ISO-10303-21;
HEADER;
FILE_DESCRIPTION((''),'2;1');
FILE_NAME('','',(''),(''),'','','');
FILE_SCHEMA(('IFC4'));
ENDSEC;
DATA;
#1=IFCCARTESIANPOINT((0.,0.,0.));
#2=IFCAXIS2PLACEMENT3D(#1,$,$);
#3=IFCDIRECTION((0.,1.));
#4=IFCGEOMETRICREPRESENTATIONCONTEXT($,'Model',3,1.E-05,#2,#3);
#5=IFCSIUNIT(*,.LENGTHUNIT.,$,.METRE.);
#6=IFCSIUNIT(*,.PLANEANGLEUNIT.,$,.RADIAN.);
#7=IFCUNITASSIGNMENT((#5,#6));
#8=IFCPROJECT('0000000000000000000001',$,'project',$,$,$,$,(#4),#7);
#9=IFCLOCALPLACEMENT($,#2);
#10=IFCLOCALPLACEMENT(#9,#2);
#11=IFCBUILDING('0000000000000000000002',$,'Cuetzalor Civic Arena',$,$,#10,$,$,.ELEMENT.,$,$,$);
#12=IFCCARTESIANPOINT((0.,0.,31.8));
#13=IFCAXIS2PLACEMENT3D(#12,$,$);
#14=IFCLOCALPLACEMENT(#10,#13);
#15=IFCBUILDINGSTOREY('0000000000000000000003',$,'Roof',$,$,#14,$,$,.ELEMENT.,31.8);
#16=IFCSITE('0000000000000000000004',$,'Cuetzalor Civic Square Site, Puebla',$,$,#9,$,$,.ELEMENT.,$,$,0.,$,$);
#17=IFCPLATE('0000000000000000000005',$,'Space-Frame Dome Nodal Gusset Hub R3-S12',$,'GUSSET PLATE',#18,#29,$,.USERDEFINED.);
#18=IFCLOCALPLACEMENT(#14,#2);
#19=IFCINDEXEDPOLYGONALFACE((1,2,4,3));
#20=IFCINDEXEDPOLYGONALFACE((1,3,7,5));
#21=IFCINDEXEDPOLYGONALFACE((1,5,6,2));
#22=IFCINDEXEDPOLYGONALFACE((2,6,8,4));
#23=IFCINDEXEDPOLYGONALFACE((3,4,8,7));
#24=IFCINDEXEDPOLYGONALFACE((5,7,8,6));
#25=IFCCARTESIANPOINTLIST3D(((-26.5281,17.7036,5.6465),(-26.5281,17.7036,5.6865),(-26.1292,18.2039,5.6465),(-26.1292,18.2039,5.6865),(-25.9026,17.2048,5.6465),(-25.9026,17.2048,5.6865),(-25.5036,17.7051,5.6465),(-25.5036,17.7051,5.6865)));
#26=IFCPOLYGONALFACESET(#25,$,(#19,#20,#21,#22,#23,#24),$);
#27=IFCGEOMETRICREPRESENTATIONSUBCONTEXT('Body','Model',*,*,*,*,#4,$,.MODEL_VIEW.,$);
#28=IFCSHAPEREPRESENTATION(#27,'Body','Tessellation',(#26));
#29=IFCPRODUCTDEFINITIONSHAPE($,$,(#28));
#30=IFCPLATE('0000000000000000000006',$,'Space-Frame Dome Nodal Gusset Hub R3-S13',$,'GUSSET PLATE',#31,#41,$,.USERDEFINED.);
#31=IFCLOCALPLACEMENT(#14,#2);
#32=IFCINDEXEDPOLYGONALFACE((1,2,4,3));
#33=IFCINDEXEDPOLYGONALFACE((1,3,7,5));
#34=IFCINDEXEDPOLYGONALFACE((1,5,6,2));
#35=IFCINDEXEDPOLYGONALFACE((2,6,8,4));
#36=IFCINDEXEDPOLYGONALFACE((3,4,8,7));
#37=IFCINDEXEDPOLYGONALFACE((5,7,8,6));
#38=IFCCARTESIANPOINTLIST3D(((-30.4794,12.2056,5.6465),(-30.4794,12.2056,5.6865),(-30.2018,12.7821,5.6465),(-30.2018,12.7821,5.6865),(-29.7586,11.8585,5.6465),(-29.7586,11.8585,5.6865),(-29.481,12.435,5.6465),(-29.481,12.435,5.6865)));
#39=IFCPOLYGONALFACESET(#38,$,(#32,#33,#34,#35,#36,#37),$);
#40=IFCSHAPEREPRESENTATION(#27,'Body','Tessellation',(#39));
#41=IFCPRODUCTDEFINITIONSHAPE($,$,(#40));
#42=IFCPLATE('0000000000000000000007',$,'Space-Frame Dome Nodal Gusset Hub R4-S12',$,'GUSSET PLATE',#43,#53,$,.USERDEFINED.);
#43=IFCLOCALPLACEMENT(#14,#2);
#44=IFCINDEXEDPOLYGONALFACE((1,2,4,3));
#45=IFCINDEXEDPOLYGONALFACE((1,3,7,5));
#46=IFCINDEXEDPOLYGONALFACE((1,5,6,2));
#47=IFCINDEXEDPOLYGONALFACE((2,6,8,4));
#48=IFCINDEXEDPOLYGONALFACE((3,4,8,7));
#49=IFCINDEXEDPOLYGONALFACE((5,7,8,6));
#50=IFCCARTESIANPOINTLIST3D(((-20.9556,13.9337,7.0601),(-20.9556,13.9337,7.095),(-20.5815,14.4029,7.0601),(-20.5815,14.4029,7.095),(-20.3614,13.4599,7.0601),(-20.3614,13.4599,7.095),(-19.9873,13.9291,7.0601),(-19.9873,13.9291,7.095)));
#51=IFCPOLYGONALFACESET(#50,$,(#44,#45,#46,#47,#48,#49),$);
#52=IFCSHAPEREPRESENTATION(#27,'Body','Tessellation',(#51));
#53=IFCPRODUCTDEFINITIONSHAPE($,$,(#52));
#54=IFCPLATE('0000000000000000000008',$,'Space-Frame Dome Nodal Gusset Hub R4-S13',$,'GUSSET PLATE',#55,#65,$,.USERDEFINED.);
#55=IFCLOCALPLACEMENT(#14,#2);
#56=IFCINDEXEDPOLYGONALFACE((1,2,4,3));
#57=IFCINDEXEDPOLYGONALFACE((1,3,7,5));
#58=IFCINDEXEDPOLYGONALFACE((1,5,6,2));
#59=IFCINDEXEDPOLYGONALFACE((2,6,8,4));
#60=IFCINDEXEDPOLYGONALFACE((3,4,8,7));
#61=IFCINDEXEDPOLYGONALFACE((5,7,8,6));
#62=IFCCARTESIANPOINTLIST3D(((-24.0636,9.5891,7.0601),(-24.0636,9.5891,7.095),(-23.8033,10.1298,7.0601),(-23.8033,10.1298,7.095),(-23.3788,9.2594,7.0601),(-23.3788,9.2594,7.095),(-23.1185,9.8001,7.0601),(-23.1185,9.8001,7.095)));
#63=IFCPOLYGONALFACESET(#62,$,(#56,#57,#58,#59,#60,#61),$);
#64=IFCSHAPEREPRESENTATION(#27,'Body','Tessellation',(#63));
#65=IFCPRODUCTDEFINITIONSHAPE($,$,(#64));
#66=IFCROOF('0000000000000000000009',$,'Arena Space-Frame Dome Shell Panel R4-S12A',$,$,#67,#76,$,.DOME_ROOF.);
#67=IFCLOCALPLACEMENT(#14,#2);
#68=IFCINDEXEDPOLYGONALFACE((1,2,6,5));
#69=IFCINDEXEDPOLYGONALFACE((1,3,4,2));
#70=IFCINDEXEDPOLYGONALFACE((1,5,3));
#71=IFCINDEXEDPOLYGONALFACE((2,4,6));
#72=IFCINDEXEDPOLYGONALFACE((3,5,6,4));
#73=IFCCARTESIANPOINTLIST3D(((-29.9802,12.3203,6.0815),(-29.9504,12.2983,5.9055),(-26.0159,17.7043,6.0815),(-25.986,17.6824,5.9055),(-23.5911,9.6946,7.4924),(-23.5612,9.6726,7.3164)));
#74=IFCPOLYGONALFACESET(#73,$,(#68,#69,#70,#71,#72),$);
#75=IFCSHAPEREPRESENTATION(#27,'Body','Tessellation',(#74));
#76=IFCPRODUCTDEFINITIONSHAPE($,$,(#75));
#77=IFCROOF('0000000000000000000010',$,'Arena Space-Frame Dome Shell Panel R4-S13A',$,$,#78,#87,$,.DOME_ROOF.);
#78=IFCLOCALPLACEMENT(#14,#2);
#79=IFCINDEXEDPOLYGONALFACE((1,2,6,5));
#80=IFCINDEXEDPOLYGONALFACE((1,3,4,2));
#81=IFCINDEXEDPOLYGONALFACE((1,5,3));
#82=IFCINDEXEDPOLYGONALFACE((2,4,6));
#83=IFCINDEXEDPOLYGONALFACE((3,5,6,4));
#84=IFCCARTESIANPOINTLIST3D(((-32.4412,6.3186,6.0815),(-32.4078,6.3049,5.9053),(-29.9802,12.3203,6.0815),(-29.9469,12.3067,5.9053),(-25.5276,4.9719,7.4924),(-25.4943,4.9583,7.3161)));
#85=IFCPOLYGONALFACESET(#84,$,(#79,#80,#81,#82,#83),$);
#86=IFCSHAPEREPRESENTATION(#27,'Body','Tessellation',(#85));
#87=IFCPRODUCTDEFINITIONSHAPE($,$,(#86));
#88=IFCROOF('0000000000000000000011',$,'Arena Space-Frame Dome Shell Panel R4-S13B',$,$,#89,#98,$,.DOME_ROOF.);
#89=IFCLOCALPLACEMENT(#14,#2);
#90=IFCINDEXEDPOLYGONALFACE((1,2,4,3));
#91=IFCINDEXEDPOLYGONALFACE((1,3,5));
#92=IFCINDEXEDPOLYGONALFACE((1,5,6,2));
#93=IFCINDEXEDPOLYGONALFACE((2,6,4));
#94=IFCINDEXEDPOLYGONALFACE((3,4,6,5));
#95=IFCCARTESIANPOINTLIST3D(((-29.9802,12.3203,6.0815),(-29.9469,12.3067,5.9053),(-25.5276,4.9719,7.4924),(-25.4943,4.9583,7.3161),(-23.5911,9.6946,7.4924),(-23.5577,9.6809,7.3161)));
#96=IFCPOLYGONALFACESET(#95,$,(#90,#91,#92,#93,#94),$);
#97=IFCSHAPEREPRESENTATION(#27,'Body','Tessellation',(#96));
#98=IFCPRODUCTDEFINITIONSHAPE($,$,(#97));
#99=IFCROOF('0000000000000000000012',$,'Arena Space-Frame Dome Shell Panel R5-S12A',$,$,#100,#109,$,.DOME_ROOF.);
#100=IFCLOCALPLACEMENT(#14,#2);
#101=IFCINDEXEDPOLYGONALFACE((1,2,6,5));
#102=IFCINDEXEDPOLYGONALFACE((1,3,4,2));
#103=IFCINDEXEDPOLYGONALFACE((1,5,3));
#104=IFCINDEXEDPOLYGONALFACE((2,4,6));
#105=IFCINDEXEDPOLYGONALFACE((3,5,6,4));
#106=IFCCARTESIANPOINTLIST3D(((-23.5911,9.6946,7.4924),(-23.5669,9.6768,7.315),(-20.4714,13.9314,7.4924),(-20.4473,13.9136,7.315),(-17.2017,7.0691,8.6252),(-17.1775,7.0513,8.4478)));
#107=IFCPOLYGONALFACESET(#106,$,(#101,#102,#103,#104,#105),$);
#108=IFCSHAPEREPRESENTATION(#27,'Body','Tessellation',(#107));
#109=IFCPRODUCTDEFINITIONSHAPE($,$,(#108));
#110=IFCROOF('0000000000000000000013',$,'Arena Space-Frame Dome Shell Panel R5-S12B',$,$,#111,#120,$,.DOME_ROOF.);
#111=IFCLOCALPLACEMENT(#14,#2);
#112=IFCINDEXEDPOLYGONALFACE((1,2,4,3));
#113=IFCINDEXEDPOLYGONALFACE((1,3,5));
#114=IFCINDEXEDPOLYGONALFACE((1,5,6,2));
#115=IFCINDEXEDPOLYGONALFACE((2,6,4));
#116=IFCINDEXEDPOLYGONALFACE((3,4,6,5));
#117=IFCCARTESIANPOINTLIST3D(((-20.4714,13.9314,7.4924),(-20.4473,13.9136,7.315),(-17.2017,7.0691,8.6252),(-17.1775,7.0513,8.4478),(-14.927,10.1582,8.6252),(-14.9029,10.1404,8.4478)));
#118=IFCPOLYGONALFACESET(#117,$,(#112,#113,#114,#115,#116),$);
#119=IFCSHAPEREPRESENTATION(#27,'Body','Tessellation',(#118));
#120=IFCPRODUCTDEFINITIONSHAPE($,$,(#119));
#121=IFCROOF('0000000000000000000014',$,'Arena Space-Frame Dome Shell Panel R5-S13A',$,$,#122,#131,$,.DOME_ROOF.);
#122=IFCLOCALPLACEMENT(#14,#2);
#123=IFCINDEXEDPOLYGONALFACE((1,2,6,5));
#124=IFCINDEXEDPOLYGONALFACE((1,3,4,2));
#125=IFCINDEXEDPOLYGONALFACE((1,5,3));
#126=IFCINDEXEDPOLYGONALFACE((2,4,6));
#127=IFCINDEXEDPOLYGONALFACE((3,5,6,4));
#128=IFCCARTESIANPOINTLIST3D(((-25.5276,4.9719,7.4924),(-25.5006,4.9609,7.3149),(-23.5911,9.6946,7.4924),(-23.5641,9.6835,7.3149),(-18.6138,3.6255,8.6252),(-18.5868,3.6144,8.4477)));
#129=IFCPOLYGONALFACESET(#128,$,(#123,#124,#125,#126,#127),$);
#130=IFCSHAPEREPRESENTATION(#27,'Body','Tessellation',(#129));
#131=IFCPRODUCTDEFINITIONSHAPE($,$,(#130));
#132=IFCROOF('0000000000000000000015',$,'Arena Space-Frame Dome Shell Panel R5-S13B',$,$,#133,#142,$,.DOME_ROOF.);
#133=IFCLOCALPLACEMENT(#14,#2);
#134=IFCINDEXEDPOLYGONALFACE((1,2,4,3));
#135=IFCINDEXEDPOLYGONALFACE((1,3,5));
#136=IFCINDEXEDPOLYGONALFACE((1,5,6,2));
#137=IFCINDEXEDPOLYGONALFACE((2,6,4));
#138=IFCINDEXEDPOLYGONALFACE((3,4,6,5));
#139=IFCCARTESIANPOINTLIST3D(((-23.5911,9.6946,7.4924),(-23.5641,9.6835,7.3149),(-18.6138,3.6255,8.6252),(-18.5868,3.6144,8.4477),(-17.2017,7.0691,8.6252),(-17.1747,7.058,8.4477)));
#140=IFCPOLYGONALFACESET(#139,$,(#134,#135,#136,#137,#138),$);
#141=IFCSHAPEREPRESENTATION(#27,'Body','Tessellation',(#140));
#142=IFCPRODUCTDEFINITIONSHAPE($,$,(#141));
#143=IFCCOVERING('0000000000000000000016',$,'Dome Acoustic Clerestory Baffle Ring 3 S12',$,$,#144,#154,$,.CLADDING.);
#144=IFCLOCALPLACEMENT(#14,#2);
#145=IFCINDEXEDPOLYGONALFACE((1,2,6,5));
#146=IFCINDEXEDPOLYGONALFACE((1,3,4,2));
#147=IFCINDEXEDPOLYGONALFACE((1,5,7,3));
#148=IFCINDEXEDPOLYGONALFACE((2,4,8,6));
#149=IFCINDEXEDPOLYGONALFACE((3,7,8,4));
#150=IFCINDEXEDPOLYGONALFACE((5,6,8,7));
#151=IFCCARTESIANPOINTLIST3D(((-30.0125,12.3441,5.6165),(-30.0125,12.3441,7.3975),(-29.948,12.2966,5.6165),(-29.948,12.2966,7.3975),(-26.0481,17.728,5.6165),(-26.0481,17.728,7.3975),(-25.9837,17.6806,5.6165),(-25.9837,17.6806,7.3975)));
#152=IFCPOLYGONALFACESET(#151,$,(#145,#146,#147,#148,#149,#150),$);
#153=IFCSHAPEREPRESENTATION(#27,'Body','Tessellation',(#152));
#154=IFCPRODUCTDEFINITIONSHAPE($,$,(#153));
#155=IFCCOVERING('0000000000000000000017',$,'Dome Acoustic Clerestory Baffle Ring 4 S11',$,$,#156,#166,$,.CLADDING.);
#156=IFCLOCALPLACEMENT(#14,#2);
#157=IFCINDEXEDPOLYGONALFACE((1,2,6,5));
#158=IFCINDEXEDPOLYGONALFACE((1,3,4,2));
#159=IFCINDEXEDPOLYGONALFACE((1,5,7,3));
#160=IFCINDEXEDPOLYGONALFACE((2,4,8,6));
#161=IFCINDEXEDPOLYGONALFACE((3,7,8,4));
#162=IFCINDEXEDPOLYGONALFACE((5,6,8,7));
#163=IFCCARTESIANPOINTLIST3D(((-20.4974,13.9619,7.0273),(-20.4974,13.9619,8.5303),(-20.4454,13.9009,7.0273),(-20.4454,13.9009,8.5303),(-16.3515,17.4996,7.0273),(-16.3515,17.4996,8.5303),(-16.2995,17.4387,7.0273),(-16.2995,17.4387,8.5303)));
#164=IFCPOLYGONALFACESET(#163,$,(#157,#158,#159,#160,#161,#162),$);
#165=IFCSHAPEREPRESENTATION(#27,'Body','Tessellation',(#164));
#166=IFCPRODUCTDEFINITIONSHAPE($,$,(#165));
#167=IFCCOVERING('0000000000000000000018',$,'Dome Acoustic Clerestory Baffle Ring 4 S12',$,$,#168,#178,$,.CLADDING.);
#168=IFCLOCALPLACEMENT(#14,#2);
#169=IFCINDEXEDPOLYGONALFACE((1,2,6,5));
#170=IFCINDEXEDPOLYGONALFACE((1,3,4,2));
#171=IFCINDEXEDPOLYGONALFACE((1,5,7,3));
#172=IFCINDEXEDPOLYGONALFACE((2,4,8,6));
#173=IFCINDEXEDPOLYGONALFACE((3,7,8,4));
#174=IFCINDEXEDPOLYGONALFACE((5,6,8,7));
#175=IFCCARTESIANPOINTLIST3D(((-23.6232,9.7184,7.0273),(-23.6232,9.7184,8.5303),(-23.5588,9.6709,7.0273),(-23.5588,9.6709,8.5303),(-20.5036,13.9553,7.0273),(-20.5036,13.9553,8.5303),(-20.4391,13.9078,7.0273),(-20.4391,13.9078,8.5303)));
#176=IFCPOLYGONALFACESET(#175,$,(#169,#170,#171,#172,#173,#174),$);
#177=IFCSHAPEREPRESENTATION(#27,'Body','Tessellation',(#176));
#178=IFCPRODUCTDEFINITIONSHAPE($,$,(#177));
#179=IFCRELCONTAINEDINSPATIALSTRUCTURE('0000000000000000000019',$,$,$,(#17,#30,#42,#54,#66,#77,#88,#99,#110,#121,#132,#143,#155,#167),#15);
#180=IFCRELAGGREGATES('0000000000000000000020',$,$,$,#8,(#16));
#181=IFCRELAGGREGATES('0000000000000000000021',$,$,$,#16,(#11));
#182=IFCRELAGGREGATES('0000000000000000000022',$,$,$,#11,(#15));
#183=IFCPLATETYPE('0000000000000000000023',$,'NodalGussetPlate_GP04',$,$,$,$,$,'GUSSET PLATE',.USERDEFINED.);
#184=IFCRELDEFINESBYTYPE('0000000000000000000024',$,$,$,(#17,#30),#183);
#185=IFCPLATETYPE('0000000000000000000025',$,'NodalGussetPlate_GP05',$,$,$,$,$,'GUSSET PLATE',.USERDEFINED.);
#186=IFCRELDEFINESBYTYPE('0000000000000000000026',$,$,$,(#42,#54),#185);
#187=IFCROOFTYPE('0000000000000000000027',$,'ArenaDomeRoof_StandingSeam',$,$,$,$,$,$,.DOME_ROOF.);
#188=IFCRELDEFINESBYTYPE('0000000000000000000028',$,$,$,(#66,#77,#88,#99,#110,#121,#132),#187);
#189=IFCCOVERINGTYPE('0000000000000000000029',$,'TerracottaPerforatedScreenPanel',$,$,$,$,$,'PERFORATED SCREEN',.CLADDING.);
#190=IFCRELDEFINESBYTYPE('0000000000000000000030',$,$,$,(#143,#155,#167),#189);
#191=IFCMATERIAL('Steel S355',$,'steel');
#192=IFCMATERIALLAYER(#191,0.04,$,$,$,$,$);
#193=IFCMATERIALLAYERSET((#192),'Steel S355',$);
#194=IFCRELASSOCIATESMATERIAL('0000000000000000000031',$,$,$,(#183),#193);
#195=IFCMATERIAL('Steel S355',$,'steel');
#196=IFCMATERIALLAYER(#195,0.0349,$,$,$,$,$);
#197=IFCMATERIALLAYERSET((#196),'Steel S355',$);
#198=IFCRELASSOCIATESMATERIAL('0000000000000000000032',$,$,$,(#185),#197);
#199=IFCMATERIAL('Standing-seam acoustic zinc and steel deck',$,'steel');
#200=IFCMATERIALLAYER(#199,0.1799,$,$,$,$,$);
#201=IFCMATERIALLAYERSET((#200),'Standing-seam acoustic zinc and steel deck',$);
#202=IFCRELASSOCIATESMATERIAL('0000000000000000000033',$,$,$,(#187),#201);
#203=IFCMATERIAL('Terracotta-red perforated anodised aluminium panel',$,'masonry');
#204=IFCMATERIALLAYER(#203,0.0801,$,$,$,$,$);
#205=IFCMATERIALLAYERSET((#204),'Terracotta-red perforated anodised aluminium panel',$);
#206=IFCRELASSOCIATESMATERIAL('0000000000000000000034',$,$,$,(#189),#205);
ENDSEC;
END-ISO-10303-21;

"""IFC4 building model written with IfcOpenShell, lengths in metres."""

from ifc_helpers import new_model, si_unit, direction, frame, frame_2d, origin, origin_2d, place, context, subcontext, project, spatial, polyline, rectangle, outline, extrude, material, layer, layer_set, type_object, element, save


model = new_model("IFC4")

# Units and contexts
model_context = context("Model", 3, precision=1e-05, world=origin(), true_north=direction((0.0, 1.0)))
body_context = subcontext(model_context, "Body", "Model", "MODEL_VIEW")
ifc_project = project(units=[si_unit("LENGTHUNIT", "METRE"), si_unit("PLANEANGLEUNIT", "RADIAN")], contexts=[model_context])

# Site, building, storey
site_placement = place(None, origin())
site = spatial("IfcSite", under=ifc_project, at=site_placement, Name="Cuetzalor Civic Square Site, Puebla", CompositionType="ELEMENT", RefElevation=0.0)
building_placement = place(site_placement, origin())
building = spatial("IfcBuilding", under=site, at=building_placement, Name="Cuetzalor Civic Arena", CompositionType="ELEMENT")
storey_placement = place(building_placement, frame((0.0, 0.0, 31.8)))
storey = spatial("IfcBuildingStorey", under=building, at=storey_placement, Name="Roof", CompositionType="ELEMENT", Elevation=31.8)

# Plates
ifc_material_1 = material(Name="Steel S355", Category="steel")
ifc_layer_1 = layer(ifc_material_1, 0.04)
ifc_layer_set_1 = layer_set([ifc_layer_1], Name="Steel S355")
plate_type_1 = type_object("IfcPlateType", Name="NodalGussetPlate_GP04", ElementType="GUSSET PLATE", PredefinedType="USERDEFINED", material=ifc_layer_set_1)
for number, where, z_axis, x_axis, name in (
    (1, (-26.0159, 17.7043, 5.6465), (0.0, 0.0, 1.0), (-0.781847, 0.62347, 0.0), "Space-Frame Dome Nodal Gusset Hub R3-S12"),
    (2, (-29.9802, 12.3203, 5.6465), (0.0, 0.0, 1.0), (-0.901001, 0.433816, 0.0), "Space-Frame Dome Nodal Gusset Hub R3-S13"),
):
    element("IfcPlate", number, at=place(storey_placement, frame(where, z_axis=z_axis, x_axis=x_axis)), inside=storey, type_object=plate_type_1, Name=name, ObjectType="GUSSET PLATE", PredefinedType="USERDEFINED", context=body_context, shape_type="SweptSolid", body=[
        extrude(rectangle(XDim=0.8, YDim=0.6399, at=origin_2d()), origin(), (0.0, 0.0, 1.0), 0.04),
    ])
ifc_material_2 = material(Name="Steel S355", Category="steel")
ifc_layer_2 = layer(ifc_material_2, 0.0349)
ifc_layer_set_2 = layer_set([ifc_layer_2], Name="Steel S355")
plate_type_2 = type_object("IfcPlateType", Name="NodalGussetPlate_GP05", ElementType="GUSSET PLATE", PredefinedType="USERDEFINED", material=ifc_layer_set_2)
for number, where, z_axis, x_axis, name in (
    (3, (-20.4714, 13.9314, 7.0601), (0.0, 0.0, 1.0), (-0.781847, 0.62347, 0.0), "Space-Frame Dome Nodal Gusset Hub R4-S12"),
    (4, (-23.5911, 9.6946, 7.0601), (0.0, 0.0, 1.0), (-0.901001, 0.433816, 0.0), "Space-Frame Dome Nodal Gusset Hub R4-S13"),
):
    element("IfcPlate", number, at=place(storey_placement, frame(where, z_axis=z_axis, x_axis=x_axis)), inside=storey, type_object=plate_type_2, Name=name, ObjectType="GUSSET PLATE", PredefinedType="USERDEFINED", context=body_context, shape_type="SweptSolid", body=[
        extrude(rectangle(XDim=0.76, YDim=0.6001, at=origin_2d()), origin(), (0.0, 0.0, 1.0), 0.0349),
    ])

# Roofs
ifc_material_3 = material(Name="Standing-seam acoustic zinc and steel deck", Category="steel")
ifc_layer_3 = layer(ifc_material_3, 0.1799)
ifc_layer_set_3 = layer_set([ifc_layer_3], Name="Standing-seam acoustic zinc and steel deck")
roof_type = type_object("IfcRoofType", Name="ArenaDomeRoof_StandingSeam", PredefinedType="DOME_ROOF", material=ifc_layer_set_3)
roof_1_placement = place(storey_placement, frame((-26.0159, 17.7043, 6.0815), z_axis=(-0.16589, 0.122148, 0.97855), x_axis=(-0.592925, -0.805258, 0.0)))
element("IfcRoof", 5, at=roof_1_placement, inside=storey, type_object=roof_type, Name="Arena Space-Frame Dome Shell Panel R4-S12A", PredefinedType="DOME_ROOF", context=body_context, shape_type="SweptSolid", body=[
    extrude(outline(polyline([(0.0, 0.0), (6.6861, 0.0), (5.0122, 6.8487), (0.0, 0.0)])), origin(), (0.0, 0.0, -1.0), 0.1799),
])
roof_2_placement = place(storey_placement, frame((-29.9802, 12.3203, 6.0815), z_axis=(-0.185158, 0.075922, 0.979772), x_axis=(-0.379385, -0.925239, 0.0)))
element("IfcRoof", 6, at=roof_2_placement, inside=storey, type_object=roof_type, Name="Arena Space-Frame Dome Shell Panel R4-S13A", PredefinedType="DOME_ROOF", context=body_context, shape_type="SweptSolid", body=[
    extrude(outline(polyline([(0.0, 0.0), (6.4867, 0.0), (5.1098, 7.0502), (0.0, 0.0)])), origin(), (0.0, 0.0, -1.0), 0.1799),
])
roof_3_placement = place(storey_placement, frame((-29.9802, 12.3203, 6.0815), z_axis=(-0.185156, 0.075923, 0.979772), x_axis=(0.511374, -0.843944, 0.162037)))
element("IfcRoof", 7, at=roof_3_placement, inside=storey, type_object=roof_type, Name="Arena Space-Frame Dome Shell Panel R4-S13B", PredefinedType="DOME_ROOF", context=body_context, shape_type="SweptSolid", body=[
    extrude(outline(polyline([(0.0, 0.0), (8.7072, 0.0), (5.7118, 4.133), (0.0, 0.0)])), origin(), (0.0, 0.0, -1.0), 0.1799),
])
roof_4_placement = place(storey_placement, frame((-20.4714, 13.9314, 7.4924), z_axis=(-0.134209, 0.09882, 0.986013), x_axis=(-0.592924, -0.805259, 0.0)))
element("IfcRoof", 8, at=roof_4_placement, inside=storey, type_object=roof_type, Name="Arena Space-Frame Dome Shell Panel R5-S12A", PredefinedType="DOME_ROOF", context=body_context, shape_type="SweptSolid", body=[
    extrude(outline(polyline([(0.0, 0.0), (5.2614, 0.0), (3.5872, 6.7969), (0.0, 0.0)])), origin(), (0.0, 0.0, -1.0), 0.1799),
])
roof_5_placement = place(storey_placement, frame((-20.4714, 13.9314, 7.4924), z_axis=(-0.134206, 0.098822, 0.986014), x_axis=(0.425451, -0.892897, 0.147397)))
element("IfcRoof", 9, at=roof_5_placement, inside=storey, type_object=roof_type, Name="Arena Space-Frame Dome Shell Panel R5-S12B", PredefinedType="DOME_ROOF", context=body_context, shape_type="SweptSolid", body=[
    extrude(outline(polyline([(0.0, 0.0), (7.6854, 0.0), (5.8949, 3.3928), (0.0, 0.0)])), origin(), (0.0, 0.0, -1.0), 0.1799),
])
roof_6_placement = place(storey_placement, frame((-23.5911, 9.6946, 7.4924), z_axis=(-0.149731, 0.061397, 0.986819), x_axis=(-0.379393, -0.925236, 0.0)))
element("IfcRoof", 10, at=roof_6_placement, inside=storey, type_object=roof_type, Name="Arena Space-Frame Dome Shell Panel R5-S13A", PredefinedType="DOME_ROOF", context=body_context, shape_type="SweptSolid", body=[
    extrude(outline(polyline([(0.0, 0.0), (5.1043, 0.0), (3.727, 7.0), (0.0, 0.0)])), origin(), (0.0, 0.0, -1.0), 0.1799),
])
roof_7_placement = place(storey_placement, frame((-23.5911, 9.6946, 7.4924), z_axis=(-0.149729, 0.061399, 0.986819), x_axis=(0.627625, -0.765298, 0.142845)))
element("IfcRoof", 11, at=roof_7_placement, inside=storey, type_object=roof_type, Name="Arena Space-Frame Dome Shell Panel R5-S13B", PredefinedType="DOME_ROOF", context=body_context, shape_type="SweptSolid", body=[
    extrude(outline(polyline([(0.0, 0.0), (7.9304, 0.0), (6.1813, 3.2853), (0.0, 0.0)])), origin(), (0.0, 0.0, -1.0), 0.1799),
])

# Coverings
ifc_material_4 = material(Name="Terracotta-red perforated anodised aluminium panel", Category="masonry")
ifc_layer_4 = layer(ifc_material_4, 0.0801)
ifc_layer_set_4 = layer_set([ifc_layer_4], Name="Terracotta-red perforated anodised aluminium panel")
covering_type = type_object("IfcCoveringType", Name="TerracottaPerforatedScreenPanel", ElementType="PERFORATED SCREEN", PredefinedType="CLADDING", material=ifc_layer_set_4)
covering_1_placement = place(storey_placement, frame((-29.9802, 12.3203, 5.6165), z_axis=(0.0, 0.0, 1.0), x_axis=(0.592925, 0.805258, 0.0)))
element("IfcCovering", 12, at=covering_1_placement, inside=storey, type_object=covering_type, Name="Dome Acoustic Clerestory Baffle Ring 3 S12", PredefinedType="CLADDING", context=body_context, shape_type="SweptSolid", body=[
    extrude(rectangle(XDim=6.686, YDim=0.0801, at=frame_2d((3.343, 0.0))), origin(), (0.0, 0.0, 1.0), 1.781),
])
covering_2_placement = place(storey_placement, frame((-20.4714, 13.9314, 7.0273), z_axis=(0.0, 0.0, 1.0), x_axis=(0.760693, 0.649111, 0.0)))
element("IfcCovering", 13, at=covering_2_placement, inside=storey, type_object=covering_type, Name="Dome Acoustic Clerestory Baffle Ring 4 S11", PredefinedType="CLADDING", context=body_context, shape_type="SweptSolid", body=[
    extrude(rectangle(XDim=5.4502, YDim=0.0801, at=frame_2d((2.7251, 0.0))), origin(), (0.0, 0.0, 1.0), 1.5029),
])
covering_3_placement = place(storey_placement, frame((-23.5911, 9.6946, 7.0273), z_axis=(0.0, 0.0, 1.0), x_axis=(0.592924, 0.805259, 0.0)))
element("IfcCovering", 14, at=covering_3_placement, inside=storey, type_object=covering_type, Name="Dome Acoustic Clerestory Baffle Ring 4 S12", PredefinedType="CLADDING", context=body_context, shape_type="SweptSolid", body=[
    extrude(rectangle(XDim=5.2615, YDim=0.0801, at=frame_2d((2.6309, 0.0))), origin(), (0.0, 0.0, 1.0), 1.5029),
])

save(model, "model.ifc")
